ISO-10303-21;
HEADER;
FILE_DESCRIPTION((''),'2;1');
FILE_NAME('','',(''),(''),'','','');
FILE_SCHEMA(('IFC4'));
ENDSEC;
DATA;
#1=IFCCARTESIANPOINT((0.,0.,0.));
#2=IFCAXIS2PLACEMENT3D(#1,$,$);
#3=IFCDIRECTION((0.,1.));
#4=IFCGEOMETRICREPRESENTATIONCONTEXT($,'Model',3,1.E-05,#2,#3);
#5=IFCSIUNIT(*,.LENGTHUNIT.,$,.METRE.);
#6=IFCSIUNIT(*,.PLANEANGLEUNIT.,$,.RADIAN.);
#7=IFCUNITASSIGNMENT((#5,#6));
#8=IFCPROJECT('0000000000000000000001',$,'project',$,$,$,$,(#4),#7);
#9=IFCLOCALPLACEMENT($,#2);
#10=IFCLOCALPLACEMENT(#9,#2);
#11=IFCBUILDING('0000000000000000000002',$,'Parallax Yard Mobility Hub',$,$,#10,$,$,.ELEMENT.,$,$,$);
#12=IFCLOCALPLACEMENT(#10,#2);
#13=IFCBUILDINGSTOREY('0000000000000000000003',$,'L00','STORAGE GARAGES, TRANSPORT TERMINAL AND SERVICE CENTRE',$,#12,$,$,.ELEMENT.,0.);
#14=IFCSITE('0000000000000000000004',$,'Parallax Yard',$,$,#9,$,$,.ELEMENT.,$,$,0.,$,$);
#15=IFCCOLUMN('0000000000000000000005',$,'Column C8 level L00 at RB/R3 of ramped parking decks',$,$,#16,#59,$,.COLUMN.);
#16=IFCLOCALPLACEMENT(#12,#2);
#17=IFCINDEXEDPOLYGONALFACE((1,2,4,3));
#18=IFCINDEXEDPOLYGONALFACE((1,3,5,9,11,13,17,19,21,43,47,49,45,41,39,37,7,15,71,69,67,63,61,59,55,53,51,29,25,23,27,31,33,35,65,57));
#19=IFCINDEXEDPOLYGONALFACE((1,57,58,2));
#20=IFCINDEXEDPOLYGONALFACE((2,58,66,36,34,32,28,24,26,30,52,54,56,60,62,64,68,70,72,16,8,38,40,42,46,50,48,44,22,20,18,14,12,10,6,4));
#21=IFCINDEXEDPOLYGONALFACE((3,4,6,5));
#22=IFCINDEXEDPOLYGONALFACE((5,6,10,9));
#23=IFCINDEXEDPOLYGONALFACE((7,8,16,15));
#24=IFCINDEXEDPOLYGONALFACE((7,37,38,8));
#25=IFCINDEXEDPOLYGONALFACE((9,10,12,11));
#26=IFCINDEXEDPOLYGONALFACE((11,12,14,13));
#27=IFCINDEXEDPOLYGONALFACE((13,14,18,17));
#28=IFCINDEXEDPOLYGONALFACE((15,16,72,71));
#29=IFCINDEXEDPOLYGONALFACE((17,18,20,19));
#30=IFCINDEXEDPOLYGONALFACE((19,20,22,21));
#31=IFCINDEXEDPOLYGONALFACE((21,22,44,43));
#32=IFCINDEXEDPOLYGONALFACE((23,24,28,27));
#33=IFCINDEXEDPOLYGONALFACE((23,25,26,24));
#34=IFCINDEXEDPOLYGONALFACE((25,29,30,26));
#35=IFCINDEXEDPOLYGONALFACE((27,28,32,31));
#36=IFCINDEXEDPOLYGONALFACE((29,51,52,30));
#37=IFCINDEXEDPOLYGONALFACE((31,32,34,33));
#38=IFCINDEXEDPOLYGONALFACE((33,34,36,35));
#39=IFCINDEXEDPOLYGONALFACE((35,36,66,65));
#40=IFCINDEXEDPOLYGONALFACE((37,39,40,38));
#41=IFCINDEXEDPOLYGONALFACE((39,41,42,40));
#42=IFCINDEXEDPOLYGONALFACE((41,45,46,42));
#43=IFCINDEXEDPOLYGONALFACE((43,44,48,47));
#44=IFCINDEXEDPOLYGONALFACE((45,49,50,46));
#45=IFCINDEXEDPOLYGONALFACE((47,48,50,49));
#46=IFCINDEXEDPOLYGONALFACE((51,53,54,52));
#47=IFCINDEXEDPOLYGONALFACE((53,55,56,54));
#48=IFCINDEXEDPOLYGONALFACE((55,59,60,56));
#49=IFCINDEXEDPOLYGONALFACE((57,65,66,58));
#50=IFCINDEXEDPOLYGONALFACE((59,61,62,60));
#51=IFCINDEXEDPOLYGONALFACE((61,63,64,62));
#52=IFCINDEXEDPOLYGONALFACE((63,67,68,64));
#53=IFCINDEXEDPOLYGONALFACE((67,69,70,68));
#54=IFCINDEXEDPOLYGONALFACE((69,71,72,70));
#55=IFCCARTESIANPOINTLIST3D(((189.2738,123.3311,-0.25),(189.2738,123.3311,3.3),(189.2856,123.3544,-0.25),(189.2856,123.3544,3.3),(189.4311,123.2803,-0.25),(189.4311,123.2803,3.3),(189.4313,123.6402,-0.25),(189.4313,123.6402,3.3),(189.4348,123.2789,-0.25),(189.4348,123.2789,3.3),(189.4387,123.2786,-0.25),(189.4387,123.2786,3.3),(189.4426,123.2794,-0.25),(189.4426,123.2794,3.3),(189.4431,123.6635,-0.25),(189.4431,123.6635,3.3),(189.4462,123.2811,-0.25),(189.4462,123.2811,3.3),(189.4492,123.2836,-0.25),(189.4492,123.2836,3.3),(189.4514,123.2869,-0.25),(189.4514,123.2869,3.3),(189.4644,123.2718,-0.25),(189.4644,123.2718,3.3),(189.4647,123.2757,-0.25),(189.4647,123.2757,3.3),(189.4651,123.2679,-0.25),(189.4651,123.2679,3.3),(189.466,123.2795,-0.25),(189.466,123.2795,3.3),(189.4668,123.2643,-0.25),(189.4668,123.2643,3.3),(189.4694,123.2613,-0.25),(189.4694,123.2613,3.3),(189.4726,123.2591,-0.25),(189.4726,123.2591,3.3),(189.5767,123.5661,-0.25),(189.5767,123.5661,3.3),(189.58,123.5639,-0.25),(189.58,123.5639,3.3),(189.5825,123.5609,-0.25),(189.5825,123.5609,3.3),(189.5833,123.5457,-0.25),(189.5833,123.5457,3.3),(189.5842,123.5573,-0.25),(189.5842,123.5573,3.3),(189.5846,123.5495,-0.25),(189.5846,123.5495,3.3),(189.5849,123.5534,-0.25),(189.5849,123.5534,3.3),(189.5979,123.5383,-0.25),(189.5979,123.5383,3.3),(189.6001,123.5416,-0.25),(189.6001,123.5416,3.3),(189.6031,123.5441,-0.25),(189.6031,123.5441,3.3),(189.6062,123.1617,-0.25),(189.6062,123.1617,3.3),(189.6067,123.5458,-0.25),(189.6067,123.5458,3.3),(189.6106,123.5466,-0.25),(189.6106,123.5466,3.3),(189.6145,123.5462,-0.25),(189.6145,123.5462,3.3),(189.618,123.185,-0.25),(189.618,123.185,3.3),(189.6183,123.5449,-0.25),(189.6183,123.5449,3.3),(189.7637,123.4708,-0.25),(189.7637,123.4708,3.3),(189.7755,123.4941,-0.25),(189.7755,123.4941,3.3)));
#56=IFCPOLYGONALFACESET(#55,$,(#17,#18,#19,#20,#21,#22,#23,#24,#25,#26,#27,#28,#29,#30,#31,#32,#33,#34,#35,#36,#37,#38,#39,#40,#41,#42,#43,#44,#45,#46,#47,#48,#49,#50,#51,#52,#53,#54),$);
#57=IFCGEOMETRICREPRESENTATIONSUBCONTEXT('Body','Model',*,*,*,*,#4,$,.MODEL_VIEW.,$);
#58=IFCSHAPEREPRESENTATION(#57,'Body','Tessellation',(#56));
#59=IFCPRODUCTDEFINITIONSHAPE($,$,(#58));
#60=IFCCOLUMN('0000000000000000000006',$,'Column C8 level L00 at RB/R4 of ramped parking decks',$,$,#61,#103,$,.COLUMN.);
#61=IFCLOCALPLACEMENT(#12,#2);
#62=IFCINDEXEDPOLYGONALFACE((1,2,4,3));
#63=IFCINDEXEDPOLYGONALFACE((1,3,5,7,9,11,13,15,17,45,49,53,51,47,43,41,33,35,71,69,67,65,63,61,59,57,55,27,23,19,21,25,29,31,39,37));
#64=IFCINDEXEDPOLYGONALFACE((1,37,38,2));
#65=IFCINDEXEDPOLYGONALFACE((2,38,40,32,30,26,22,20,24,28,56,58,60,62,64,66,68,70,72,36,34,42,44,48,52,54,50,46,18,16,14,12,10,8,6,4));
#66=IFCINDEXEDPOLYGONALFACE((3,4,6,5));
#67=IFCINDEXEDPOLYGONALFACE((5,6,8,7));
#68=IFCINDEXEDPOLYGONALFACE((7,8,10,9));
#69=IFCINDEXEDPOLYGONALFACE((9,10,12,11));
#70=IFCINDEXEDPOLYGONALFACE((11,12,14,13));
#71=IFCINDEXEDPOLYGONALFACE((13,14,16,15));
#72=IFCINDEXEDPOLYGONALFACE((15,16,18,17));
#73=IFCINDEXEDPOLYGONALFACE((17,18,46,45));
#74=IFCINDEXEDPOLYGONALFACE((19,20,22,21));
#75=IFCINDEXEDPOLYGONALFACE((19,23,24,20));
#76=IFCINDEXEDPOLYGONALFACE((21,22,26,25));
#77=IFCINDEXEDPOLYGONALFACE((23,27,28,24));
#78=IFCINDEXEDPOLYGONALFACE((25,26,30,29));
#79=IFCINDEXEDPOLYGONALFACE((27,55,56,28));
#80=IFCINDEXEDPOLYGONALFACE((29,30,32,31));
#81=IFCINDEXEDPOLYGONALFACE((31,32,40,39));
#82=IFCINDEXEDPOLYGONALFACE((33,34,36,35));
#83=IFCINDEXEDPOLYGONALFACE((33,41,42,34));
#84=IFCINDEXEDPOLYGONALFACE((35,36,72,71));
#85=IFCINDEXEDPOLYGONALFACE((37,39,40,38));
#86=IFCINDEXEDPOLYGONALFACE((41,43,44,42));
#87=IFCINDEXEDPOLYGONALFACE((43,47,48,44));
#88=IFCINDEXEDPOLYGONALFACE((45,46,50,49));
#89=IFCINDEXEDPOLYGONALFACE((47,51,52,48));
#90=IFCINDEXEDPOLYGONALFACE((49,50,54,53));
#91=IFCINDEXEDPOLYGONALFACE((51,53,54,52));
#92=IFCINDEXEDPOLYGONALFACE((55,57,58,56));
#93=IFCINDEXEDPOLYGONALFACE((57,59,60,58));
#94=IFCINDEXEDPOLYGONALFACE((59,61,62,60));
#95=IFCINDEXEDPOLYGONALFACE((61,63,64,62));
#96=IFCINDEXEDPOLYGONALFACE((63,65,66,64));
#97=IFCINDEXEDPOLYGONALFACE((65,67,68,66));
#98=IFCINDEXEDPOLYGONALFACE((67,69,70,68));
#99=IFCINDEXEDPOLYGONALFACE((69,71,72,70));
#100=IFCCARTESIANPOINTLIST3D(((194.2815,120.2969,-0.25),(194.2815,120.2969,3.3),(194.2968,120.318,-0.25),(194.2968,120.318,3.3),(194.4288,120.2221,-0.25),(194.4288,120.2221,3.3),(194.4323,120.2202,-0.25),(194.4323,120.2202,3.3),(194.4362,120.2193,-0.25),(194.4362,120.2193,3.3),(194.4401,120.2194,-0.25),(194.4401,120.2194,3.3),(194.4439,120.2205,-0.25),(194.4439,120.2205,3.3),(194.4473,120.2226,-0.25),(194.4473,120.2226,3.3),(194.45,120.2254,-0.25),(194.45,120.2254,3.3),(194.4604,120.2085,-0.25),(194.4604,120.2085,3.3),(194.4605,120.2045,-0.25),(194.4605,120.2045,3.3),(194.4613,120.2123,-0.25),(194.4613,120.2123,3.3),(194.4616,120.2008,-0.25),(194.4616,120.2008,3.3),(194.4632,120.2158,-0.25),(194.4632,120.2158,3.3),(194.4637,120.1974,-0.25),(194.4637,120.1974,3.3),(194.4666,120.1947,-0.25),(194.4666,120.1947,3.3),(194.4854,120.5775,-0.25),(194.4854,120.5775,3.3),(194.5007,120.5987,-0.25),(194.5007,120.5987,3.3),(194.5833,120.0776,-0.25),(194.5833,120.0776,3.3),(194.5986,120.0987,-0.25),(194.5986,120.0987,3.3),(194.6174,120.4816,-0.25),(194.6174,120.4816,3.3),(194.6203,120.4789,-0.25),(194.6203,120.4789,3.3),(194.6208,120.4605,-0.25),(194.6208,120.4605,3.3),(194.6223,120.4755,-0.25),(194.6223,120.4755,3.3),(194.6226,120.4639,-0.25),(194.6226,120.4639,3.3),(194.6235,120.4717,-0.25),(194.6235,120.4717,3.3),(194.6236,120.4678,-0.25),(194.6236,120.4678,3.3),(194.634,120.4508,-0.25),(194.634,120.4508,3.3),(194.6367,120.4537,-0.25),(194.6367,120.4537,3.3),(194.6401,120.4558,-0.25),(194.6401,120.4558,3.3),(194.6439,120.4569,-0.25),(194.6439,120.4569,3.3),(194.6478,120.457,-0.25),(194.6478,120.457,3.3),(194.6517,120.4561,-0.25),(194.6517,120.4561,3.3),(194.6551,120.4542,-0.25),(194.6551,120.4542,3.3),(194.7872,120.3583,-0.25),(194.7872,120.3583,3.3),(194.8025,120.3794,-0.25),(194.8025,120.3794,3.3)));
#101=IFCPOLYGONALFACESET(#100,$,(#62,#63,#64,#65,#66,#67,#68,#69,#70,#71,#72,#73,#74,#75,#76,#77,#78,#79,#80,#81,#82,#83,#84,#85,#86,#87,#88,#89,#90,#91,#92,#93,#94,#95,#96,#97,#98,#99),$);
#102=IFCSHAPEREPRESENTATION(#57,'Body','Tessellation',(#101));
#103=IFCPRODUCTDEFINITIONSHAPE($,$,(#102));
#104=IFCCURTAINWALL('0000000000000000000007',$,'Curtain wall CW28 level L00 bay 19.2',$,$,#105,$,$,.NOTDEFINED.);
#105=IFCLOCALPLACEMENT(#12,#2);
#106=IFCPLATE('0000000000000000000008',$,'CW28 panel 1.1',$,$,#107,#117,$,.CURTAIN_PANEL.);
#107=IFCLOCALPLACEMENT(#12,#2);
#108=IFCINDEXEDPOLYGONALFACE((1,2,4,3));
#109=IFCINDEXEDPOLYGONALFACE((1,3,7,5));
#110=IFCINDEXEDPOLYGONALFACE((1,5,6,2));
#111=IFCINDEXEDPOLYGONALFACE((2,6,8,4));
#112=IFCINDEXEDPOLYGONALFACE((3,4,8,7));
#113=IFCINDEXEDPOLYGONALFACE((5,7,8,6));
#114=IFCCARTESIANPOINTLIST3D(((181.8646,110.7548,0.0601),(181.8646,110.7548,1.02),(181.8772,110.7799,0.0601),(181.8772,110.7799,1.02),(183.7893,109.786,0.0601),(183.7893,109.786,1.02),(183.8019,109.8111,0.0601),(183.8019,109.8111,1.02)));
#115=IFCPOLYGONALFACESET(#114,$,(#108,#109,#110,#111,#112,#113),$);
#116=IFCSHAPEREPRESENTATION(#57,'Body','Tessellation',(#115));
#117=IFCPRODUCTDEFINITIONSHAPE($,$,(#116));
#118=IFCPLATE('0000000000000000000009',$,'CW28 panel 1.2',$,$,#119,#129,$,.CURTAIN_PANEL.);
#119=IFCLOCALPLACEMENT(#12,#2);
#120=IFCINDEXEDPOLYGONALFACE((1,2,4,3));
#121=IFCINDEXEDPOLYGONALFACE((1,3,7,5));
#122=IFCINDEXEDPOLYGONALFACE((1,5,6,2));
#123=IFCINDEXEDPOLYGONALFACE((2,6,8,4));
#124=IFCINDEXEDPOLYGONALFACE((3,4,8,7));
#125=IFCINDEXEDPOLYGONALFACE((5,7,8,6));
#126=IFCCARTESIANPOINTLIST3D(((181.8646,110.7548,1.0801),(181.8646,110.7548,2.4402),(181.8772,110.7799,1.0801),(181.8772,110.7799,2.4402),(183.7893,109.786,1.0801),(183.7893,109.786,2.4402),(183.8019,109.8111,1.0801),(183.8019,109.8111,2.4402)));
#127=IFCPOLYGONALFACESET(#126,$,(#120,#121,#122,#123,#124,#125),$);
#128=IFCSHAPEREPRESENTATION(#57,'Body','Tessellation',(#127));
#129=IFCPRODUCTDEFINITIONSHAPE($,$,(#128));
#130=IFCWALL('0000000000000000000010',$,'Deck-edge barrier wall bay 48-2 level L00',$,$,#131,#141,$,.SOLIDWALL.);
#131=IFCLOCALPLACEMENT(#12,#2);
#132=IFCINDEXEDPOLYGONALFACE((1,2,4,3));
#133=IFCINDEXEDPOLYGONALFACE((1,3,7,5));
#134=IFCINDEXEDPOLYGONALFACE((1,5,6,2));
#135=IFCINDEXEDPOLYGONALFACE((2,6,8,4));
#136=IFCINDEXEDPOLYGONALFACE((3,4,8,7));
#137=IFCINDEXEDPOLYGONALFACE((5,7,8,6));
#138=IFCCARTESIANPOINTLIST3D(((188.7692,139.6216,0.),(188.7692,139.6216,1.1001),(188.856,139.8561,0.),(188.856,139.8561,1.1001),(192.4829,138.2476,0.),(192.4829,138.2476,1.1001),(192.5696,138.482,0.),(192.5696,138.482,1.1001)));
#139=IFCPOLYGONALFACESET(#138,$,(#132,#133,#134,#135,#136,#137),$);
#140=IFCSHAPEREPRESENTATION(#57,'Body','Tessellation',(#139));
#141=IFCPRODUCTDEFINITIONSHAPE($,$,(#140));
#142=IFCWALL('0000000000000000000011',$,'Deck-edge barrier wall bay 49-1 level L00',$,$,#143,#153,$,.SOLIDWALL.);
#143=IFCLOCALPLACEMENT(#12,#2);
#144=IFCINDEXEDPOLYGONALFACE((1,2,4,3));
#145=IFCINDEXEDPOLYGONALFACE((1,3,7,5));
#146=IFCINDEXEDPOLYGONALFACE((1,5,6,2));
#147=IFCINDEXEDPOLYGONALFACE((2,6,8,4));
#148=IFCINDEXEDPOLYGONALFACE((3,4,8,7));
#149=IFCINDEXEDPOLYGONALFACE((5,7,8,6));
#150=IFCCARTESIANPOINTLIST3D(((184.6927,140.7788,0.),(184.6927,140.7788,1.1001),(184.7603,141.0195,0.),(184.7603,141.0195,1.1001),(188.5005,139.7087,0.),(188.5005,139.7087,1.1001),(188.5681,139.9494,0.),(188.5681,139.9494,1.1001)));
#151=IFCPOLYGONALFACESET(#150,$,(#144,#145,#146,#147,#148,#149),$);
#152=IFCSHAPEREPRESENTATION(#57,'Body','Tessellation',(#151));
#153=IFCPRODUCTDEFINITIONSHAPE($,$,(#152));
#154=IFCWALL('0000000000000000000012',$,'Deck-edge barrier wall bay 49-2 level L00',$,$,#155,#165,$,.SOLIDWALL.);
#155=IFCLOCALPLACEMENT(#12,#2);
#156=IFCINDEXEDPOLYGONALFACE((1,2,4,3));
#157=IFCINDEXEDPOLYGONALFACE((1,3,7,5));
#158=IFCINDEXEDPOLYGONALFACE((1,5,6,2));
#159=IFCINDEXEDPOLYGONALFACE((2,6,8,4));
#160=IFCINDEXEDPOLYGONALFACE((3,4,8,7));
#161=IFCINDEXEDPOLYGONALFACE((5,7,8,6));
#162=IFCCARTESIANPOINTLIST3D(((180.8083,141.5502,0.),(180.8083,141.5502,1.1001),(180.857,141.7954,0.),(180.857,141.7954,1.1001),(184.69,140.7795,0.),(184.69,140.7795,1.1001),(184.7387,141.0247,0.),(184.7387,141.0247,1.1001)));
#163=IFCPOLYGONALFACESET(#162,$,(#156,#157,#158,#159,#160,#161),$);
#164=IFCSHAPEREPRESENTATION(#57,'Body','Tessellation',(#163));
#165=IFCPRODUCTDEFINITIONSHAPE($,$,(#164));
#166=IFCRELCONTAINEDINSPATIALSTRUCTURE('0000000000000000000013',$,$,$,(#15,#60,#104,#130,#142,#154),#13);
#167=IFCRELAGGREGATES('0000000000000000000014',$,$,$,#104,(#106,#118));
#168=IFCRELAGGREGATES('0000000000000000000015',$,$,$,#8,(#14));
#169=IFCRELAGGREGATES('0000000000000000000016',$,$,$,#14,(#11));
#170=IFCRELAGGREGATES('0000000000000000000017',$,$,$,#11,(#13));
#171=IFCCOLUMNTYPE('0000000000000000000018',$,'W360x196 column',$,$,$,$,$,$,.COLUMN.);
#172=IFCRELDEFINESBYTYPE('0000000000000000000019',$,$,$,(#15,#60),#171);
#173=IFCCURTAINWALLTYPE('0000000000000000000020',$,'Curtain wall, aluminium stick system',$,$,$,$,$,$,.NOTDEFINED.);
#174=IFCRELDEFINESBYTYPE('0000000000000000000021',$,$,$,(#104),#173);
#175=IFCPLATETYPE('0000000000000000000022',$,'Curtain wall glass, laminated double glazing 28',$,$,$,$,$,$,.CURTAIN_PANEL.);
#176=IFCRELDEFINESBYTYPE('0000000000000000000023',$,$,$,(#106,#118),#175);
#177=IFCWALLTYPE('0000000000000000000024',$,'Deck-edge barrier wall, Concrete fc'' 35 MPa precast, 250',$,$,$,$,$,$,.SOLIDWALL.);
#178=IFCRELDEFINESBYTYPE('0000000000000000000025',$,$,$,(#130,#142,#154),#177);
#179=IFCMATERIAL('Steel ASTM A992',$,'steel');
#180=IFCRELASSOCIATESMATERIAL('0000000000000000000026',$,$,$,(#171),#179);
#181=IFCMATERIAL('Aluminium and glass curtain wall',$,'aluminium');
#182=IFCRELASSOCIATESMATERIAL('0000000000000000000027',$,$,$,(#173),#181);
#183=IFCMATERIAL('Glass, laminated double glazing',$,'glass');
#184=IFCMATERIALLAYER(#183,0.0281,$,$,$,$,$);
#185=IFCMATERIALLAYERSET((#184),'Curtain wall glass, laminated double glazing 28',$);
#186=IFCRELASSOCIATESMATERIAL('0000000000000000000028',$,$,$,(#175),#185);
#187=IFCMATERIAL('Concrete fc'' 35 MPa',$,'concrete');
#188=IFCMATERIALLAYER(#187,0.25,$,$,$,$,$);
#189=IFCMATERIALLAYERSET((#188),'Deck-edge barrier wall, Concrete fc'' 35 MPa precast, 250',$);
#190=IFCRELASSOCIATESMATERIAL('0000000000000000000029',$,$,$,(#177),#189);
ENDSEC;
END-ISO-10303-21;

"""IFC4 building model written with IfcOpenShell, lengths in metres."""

from ifc_helpers import new_model, si_unit, direction, frame, frame_2d, origin, origin_2d, place, context, subcontext, project, spatial, rectangle, i_section, extrude, material, layer, layer_set, material_profile, profile_set, type_object, element, aggregate, save


model = new_model("IFC4")

# Units and contexts
model_context = context("Model", 3, precision=1e-05, world=origin(), true_north=direction((0.0, 1.0)))
body_context = subcontext(model_context, "Body", "Model", "MODEL_VIEW")
ifc_project = project(units=[si_unit("LENGTHUNIT", "METRE"), si_unit("PLANEANGLEUNIT", "RADIAN")], contexts=[model_context])

# Site, building, storey
site_placement = place(None, origin())
site = spatial("IfcSite", under=ifc_project, at=site_placement, Name="Parallax Yard", CompositionType="ELEMENT", RefElevation=0.0)
building_placement = place(site_placement, origin())
building = spatial("IfcBuilding", under=site, at=building_placement, Name="Parallax Yard Mobility Hub", CompositionType="ELEMENT")
storey_placement = place(building_placement, origin())
storey = spatial("IfcBuildingStorey", under=building, at=storey_placement, Name="L00", Description="STORAGE GARAGES, TRANSPORT TERMINAL AND SERVICE CENTRE", CompositionType="ELEMENT", Elevation=0.0)

# Columns
ifc_material_1 = material(Name="Steel ASTM A992", Category="steel")
ifc_material_profile_1 = material_profile(ifc_material_1, i_section(OverallWidth=0.373, OverallDepth=0.373, WebThickness=0.0164, FlangeThickness=0.0261, FilletRadius=0.0151, at=origin_2d()), Name="W360x196")
ifc_profile_set_1 = profile_set([ifc_material_profile_1], Name="Steel ASTM A992")
column_type_1 = type_object("IfcColumnType", Name="W360x196 column", PredefinedType="COLUMN", material=ifc_profile_set_1)
for number, where, z_axis, x_axis, name in (
    (1, (189.5247, 123.4126, -0.25), (0.0, 0.0, 1.0), (-0.891007, 0.45399, 0.0), "Column C8 level L00 at RB/R3 of ramped parking decks"),
    (2, (194.542, 120.3381, -0.25), (0.0, 0.0, 1.0), (-0.809017, 0.587785, 0.0), "Column C8 level L00 at RB/R4 of ramped parking decks"),
):
    element("IfcColumn", number, at=place(storey_placement, frame(where, z_axis=z_axis, x_axis=x_axis)), inside=storey, type_object=column_type_1, Name=name, PredefinedType="COLUMN", context=body_context, shape_type="SweptSolid", body=[
        extrude(i_section(OverallWidth=0.373, OverallDepth=0.373, WebThickness=0.0164, FlangeThickness=0.0261, FilletRadius=0.0151, at=origin_2d()), origin(), (0.0, 0.0, 1.0), 3.55),
    ])

# Curtain wall, plates
ifc_material_2 = material(Name="Aluminium and glass curtain wall", Category="aluminium")
curtain_wall_type = type_object("IfcCurtainWallType", Name="Curtain wall, aluminium stick system", PredefinedType="NOTDEFINED", material=ifc_material_2)
curtain_wall_placement = place(storey_placement, origin())
curtain_wall = element("IfcCurtainWall", 3, at=curtain_wall_placement, inside=storey, type_object=curtain_wall_type, Name="Curtain wall CW28 level L00 bay 19.2", PredefinedType="NOTDEFINED")
ifc_material_3 = material(Name="Glass, laminated double glazing", Category="glass")
ifc_layer_1 = layer(ifc_material_3, 0.0281)
ifc_layer_set_1 = layer_set([ifc_layer_1], Name="Curtain wall glass, laminated double glazing 28")
plate_type = type_object("IfcPlateType", Name="Curtain wall glass, laminated double glazing 28", PredefinedType="CURTAIN_PANEL", material=ifc_layer_set_1)
plate_1_placement = place(storey_placement, frame((182.8333, 110.283, 0.0601), z_axis=(0.0, 0.0, 1.0), x_axis=(0.893237, -0.449586, 0.0)))
plate_1 = element("IfcPlate", 4, at=plate_1_placement, type_object=plate_type, Name="CW28 panel 1.1", PredefinedType="CURTAIN_PANEL", context=body_context, shape_type="SweptSolid", body=[
    extrude(rectangle(XDim=2.1548, YDim=0.0281, at=origin_2d()), origin(), (0.0, 0.0, 1.0), 0.96),
])
plate_2_placement = place(storey_placement, frame((182.8333, 110.283, 1.0801), z_axis=(0.0, 0.0, 1.0), x_axis=(0.893237, -0.449586, 0.0)))
plate_2 = element("IfcPlate", 5, at=plate_2_placement, type_object=plate_type, Name="CW28 panel 1.2", PredefinedType="CURTAIN_PANEL", context=body_context, shape_type="SweptSolid", body=[
    extrude(rectangle(XDim=2.1548, YDim=0.0281, at=origin_2d()), origin(), (0.0, 0.0, 1.0), 1.3601),
])
aggregate(curtain_wall, [plate_1, plate_2])

# Walls
ifc_material_4 = material(Name="Concrete fc' 35 MPa", Category="concrete")
ifc_layer_2 = layer(ifc_material_4, 0.25)
ifc_layer_set_2 = layer_set([ifc_layer_2], Name="Deck-edge barrier wall, Concrete fc' 35 MPa precast, 250")
wall_type_1 = type_object("IfcWallType", Name="Deck-edge barrier wall, Concrete fc' 35 MPa precast, 250", PredefinedType="SOLIDWALL", material=ifc_layer_set_2)
wall_1_placement = place(storey_placement, frame((192.5264, 138.3647, 0.0), z_axis=(0.0, 0.0, 1.0), x_axis=(-0.937863, 0.347005, 0.0)))
element("IfcWall", 6, at=wall_1_placement, inside=storey, type_object=wall_type_1, Name="Deck-edge barrier wall bay 48-2 level L00", PredefinedType="SOLIDWALL", context=body_context, shape_type="SweptSolid", body=[
    extrude(rectangle(XDim=3.9597, YDim=0.25, at=frame_2d((1.98, 0.0))), origin(), (0.0, 0.0, 1.0), 1.1001),
])
wall_2_placement = place(storey_placement, frame((188.5342, 139.8291, 0.0), z_axis=(0.0, 0.0, 1.0), x_axis=(-0.96271, 0.270536, 0.0)))
element("IfcWall", 7, at=wall_2_placement, inside=storey, type_object=wall_type_1, Name="Deck-edge barrier wall bay 49-1 level L00", PredefinedType="SOLIDWALL", context=body_context, shape_type="SweptSolid", body=[
    extrude(rectangle(XDim=3.9553, YDim=0.25, at=frame_2d((1.9775, 0.0))), origin(), (0.0, 0.0, 1.0), 1.1001),
])
wall_3_placement = place(storey_placement, frame((184.7144, 140.9021, 0.0), z_axis=(0.0, 0.0, 1.0), x_axis=(-0.980853, 0.194752, 0.0)))
element("IfcWall", 8, at=wall_3_placement, inside=storey, type_object=wall_type_1, Name="Deck-edge barrier wall bay 49-2 level L00", PredefinedType="SOLIDWALL", context=body_context, shape_type="SweptSolid", body=[
    extrude(rectangle(XDim=3.9575, YDim=0.25, at=frame_2d((1.9788, 0.0))), origin(), (0.0, 0.0, 1.0), 1.1001),
])

save(model, "model.ifc")
